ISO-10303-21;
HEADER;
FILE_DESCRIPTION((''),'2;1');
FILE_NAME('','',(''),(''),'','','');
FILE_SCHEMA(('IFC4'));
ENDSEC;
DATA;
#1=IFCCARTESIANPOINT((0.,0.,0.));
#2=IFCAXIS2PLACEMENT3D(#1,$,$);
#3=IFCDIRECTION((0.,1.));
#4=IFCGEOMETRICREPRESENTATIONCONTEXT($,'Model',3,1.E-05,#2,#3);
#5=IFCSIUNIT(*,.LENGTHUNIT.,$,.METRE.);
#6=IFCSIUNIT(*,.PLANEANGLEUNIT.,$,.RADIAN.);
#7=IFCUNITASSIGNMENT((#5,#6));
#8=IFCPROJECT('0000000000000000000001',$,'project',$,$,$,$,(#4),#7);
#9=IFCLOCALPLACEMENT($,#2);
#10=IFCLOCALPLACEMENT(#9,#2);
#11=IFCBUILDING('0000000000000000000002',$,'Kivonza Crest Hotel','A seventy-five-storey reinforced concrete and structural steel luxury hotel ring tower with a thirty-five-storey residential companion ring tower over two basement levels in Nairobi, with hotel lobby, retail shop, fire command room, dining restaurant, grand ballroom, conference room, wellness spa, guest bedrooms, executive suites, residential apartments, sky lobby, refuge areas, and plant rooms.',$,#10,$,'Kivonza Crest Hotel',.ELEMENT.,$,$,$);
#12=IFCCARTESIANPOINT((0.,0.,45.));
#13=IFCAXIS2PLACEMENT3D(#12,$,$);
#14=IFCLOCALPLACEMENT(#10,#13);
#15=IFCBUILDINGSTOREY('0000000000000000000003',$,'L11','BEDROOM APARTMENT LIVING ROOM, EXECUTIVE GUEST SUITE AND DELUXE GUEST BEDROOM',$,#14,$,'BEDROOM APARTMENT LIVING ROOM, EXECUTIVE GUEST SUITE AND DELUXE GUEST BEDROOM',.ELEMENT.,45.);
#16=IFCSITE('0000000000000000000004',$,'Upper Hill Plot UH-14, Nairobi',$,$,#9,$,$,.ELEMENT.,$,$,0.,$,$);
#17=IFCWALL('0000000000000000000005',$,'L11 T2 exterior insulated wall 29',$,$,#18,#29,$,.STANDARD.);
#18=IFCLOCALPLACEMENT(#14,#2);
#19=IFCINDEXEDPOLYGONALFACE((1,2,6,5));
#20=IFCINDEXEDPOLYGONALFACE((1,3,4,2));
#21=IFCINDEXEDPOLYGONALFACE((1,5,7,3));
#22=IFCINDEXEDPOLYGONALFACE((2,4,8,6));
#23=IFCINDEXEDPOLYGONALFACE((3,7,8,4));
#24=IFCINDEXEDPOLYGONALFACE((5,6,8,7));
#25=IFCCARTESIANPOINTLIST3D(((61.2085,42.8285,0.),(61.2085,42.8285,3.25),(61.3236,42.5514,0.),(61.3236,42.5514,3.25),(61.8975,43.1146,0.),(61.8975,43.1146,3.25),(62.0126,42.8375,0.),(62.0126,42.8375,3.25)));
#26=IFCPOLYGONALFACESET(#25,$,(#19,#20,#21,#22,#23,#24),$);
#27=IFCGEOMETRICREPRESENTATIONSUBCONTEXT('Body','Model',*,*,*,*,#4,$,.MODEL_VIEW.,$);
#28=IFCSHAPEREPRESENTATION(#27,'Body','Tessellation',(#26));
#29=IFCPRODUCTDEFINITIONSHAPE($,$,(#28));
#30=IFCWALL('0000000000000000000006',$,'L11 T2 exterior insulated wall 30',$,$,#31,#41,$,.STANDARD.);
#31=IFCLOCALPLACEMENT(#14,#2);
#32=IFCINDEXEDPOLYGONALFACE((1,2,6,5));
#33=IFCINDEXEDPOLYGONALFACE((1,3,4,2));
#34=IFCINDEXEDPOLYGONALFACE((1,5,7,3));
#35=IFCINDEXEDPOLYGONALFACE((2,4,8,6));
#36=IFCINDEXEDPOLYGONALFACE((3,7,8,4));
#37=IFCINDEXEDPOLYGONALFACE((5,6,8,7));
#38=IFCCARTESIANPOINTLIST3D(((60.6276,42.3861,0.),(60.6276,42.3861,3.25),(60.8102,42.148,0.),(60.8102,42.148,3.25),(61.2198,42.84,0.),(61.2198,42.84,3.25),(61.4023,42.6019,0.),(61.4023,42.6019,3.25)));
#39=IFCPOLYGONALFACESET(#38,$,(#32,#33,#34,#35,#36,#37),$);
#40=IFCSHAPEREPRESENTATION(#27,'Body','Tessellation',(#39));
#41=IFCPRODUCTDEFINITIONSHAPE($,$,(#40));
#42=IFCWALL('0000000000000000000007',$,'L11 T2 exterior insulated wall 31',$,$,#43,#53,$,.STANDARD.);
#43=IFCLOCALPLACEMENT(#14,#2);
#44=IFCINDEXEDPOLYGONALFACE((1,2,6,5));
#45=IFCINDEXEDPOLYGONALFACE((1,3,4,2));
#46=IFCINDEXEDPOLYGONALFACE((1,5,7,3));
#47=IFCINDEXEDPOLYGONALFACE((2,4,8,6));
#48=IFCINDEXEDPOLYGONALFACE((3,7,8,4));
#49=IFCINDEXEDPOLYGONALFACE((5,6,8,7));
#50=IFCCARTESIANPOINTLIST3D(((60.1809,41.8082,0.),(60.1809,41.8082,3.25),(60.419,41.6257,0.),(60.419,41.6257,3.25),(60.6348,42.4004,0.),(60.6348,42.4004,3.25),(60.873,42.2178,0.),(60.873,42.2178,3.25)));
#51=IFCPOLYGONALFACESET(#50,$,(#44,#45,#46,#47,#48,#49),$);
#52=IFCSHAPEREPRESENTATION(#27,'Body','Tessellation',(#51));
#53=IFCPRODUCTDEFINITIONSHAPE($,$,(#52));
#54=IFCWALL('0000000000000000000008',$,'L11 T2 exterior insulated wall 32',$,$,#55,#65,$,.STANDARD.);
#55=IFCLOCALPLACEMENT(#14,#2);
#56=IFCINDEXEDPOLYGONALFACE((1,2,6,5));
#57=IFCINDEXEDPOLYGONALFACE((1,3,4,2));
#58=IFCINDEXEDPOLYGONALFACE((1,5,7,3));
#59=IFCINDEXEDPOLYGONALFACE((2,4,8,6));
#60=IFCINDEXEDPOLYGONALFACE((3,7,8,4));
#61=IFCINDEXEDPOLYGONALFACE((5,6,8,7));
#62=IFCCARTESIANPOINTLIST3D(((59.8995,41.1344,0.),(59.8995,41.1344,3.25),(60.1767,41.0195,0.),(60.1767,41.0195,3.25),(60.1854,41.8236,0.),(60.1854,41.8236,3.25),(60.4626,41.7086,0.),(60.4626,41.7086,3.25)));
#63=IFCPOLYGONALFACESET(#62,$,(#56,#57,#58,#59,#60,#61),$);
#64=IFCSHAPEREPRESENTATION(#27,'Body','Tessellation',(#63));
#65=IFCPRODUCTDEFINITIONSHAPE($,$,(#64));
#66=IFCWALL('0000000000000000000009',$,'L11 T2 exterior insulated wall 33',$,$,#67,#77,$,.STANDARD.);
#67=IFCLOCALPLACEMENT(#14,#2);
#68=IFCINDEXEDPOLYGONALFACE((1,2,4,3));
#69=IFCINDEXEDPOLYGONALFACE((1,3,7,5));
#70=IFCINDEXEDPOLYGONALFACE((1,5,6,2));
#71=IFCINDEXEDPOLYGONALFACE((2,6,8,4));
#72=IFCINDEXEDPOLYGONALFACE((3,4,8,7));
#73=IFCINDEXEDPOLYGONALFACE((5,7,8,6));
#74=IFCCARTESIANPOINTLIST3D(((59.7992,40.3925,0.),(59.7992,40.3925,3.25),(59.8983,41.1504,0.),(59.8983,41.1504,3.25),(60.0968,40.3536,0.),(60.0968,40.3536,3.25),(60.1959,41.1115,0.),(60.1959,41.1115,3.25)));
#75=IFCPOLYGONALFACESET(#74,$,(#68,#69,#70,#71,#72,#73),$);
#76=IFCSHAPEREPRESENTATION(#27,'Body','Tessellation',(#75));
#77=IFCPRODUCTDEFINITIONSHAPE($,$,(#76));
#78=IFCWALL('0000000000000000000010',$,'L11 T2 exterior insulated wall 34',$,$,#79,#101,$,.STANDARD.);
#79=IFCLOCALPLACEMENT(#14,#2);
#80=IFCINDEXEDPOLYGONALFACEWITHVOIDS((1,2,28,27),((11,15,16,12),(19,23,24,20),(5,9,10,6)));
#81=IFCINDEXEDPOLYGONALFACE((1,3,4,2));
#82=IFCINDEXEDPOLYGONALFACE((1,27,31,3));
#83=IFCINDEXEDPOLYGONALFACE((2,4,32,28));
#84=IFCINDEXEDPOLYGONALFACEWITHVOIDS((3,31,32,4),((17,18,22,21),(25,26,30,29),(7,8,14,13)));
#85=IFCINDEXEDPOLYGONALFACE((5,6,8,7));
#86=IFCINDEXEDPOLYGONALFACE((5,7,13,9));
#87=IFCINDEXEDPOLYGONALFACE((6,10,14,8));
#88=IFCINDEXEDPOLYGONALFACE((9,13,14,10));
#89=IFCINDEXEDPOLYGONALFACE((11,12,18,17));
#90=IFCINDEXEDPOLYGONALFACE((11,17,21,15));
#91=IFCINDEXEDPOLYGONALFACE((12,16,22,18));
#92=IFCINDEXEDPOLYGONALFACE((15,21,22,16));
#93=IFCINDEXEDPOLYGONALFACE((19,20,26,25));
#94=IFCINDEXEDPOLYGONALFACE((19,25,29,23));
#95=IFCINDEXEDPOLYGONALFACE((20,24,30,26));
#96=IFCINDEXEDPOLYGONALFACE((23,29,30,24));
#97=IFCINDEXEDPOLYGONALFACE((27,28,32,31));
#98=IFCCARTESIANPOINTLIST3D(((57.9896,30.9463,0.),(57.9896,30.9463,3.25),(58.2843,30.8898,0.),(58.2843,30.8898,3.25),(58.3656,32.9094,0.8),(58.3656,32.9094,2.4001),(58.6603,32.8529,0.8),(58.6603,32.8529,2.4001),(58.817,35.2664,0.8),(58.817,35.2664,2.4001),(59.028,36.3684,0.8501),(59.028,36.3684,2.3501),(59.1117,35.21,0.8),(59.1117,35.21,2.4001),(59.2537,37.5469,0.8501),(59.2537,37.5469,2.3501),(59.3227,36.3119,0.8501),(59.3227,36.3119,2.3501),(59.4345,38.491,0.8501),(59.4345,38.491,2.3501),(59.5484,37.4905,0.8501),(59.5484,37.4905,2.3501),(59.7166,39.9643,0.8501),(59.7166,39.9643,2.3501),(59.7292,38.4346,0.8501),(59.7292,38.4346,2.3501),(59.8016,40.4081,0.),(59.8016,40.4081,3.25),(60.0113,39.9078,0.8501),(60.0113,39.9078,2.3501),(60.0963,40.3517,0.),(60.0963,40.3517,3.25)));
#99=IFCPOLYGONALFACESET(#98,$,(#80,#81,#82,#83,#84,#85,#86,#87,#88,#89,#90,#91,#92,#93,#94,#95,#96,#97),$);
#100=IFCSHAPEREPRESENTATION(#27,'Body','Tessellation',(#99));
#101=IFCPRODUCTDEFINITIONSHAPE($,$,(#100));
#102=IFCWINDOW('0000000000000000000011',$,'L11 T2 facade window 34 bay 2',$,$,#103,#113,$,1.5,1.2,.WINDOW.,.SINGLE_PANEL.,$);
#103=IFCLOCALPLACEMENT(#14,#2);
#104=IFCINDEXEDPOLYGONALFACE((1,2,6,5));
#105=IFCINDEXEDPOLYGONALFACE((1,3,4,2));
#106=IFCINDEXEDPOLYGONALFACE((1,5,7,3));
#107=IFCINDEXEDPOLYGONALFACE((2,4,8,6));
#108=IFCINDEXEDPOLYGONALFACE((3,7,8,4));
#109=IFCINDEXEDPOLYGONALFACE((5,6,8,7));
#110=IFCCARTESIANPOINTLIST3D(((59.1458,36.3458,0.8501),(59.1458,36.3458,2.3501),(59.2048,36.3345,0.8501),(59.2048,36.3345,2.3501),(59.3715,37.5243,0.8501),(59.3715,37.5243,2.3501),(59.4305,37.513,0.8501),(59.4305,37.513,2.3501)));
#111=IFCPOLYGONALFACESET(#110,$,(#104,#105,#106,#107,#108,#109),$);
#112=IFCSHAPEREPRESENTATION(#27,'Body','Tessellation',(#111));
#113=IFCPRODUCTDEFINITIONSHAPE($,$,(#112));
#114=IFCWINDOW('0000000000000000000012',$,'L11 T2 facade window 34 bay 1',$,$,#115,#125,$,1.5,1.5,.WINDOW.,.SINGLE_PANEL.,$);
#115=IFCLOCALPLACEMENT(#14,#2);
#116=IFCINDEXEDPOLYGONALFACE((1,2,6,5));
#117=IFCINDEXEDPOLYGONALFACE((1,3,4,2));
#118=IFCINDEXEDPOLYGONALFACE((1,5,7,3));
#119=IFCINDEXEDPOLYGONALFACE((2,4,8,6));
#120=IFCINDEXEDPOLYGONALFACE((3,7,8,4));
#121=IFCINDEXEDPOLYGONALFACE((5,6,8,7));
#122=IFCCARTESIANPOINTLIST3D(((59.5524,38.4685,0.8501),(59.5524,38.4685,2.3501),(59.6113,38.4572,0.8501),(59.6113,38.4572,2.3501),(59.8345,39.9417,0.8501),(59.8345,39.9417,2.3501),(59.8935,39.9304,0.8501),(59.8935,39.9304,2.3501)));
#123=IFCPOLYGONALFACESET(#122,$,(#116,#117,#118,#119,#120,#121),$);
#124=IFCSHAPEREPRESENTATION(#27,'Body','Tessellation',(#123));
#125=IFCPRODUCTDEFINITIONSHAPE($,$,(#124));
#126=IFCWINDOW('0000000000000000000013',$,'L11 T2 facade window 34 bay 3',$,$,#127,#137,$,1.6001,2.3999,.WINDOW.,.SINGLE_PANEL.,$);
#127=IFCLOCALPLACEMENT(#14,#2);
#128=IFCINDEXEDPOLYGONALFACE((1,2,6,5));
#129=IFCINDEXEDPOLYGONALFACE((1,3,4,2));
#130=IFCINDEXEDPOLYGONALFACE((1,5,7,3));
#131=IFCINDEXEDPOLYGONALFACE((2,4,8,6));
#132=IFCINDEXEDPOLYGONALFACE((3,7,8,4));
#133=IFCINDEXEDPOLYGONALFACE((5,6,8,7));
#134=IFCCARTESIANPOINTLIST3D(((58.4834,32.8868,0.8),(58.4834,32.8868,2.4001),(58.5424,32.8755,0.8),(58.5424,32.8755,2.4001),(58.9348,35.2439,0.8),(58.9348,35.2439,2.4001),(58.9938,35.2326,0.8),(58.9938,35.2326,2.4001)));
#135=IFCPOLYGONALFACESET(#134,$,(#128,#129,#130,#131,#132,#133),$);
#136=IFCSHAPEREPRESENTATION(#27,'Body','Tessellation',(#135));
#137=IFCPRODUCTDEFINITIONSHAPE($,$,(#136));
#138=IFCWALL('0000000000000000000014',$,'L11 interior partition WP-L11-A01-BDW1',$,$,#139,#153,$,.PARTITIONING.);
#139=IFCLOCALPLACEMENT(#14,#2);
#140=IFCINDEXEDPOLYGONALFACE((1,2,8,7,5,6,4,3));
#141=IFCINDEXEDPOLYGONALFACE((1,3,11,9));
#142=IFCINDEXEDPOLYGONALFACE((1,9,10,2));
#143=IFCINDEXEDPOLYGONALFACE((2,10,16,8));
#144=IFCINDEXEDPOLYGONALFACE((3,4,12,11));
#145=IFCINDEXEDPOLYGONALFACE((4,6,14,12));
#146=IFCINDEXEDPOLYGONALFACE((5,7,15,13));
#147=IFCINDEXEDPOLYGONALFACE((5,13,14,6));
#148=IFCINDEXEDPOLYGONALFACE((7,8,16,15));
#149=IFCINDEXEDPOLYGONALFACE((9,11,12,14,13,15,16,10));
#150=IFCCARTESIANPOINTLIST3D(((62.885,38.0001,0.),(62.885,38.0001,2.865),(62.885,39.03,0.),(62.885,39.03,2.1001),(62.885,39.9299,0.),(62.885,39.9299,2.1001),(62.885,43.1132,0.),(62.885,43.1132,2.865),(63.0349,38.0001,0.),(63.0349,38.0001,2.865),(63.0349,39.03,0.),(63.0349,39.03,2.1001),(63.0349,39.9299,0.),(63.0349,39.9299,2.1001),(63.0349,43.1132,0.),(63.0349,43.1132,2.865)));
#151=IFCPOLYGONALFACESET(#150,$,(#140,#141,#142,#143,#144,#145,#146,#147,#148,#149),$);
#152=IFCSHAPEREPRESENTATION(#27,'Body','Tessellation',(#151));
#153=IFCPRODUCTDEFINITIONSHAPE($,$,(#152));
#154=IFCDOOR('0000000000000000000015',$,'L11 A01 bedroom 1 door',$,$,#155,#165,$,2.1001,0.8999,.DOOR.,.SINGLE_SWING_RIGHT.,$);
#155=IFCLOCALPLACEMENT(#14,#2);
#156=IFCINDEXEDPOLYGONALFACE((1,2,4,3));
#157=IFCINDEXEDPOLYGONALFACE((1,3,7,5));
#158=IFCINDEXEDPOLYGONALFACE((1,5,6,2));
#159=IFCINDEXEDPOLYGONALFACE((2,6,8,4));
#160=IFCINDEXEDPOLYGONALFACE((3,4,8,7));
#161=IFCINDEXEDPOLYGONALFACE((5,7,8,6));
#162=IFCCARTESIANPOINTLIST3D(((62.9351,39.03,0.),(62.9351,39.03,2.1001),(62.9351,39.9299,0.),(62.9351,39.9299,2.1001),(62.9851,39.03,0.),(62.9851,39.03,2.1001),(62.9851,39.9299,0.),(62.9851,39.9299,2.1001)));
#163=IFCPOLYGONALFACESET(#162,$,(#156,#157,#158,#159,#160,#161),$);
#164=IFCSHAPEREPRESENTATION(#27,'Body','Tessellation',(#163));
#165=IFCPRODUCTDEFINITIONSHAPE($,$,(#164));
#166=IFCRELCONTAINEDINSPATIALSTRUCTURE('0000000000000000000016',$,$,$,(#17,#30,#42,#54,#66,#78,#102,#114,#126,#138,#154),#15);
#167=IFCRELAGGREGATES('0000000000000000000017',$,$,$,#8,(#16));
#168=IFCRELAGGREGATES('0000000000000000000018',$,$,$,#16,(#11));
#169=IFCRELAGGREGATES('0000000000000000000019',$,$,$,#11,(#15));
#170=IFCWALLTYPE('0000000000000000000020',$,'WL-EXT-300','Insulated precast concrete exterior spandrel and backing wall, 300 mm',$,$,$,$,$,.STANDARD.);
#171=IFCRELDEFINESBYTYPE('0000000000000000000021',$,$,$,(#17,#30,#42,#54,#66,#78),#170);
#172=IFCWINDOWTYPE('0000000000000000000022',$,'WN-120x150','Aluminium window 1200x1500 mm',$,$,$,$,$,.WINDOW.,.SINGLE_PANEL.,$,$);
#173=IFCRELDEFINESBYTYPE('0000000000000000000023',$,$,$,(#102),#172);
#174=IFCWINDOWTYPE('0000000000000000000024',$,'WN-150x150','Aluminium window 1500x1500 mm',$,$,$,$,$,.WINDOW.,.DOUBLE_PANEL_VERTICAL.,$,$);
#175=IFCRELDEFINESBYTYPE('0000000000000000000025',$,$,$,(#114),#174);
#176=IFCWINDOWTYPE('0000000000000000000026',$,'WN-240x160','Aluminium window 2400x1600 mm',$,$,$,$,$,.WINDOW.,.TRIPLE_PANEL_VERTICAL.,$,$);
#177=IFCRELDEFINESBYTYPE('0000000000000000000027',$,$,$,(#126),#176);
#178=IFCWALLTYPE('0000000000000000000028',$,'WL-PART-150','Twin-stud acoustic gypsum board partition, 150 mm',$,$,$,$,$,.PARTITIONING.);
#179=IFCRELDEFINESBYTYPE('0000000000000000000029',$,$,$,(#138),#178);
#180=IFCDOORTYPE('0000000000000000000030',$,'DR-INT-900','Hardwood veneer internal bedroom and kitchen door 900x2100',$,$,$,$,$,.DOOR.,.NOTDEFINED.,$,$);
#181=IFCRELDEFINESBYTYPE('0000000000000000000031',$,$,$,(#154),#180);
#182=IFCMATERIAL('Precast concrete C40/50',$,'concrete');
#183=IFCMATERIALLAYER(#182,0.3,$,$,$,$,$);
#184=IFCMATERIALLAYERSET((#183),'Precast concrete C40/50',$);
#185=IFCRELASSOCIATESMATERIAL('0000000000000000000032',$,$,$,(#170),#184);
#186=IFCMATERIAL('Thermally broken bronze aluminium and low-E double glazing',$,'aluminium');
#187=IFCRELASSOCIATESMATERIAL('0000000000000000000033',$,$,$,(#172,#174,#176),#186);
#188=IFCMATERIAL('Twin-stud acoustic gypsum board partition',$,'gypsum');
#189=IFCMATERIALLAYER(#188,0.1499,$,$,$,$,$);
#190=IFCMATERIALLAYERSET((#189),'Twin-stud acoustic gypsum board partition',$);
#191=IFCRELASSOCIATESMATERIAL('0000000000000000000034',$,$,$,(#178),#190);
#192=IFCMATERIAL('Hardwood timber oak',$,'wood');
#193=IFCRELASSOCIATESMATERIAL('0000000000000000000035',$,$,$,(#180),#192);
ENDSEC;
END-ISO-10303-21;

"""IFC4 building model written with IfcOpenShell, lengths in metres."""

from ifc_helpers import new_model, si_unit, direction, frame, frame_2d, origin, place, context, subcontext, project, spatial, rectangle, extrude, material, layer, layer_set, type_object, element, fill, save


model = new_model("IFC4")

# Units and contexts
model_context = context("Model", 3, precision=1e-05, world=origin(), true_north=direction((0.0, 1.0)))
body_context = subcontext(model_context, "Body", "Model", "MODEL_VIEW")
ifc_project = project(units=[si_unit("LENGTHUNIT", "METRE"), si_unit("PLANEANGLEUNIT", "RADIAN")], contexts=[model_context])

# Site, building, storey
site_placement = place(None, origin())
site = spatial("IfcSite", under=ifc_project, at=site_placement, Name="Upper Hill Plot UH-14, Nairobi", CompositionType="ELEMENT", RefElevation=0.0)
building_placement = place(site_placement, origin())
building = spatial("IfcBuilding", under=site, at=building_placement, Name="Kivonza Crest Hotel", Description="A seventy-five-storey reinforced concrete and structural steel luxury hotel ring tower with a thirty-five-storey residential companion ring tower over two basement levels in Nairobi, with hotel lobby, retail shop, fire command room, dining restaurant, grand ballroom, conference room, wellness spa, guest bedrooms, executive suites, residential apartments, sky lobby, refuge areas, and plant rooms.", LongName="Kivonza Crest Hotel", CompositionType="ELEMENT")
storey_placement = place(building_placement, frame((0.0, 0.0, 45.0)))
storey = spatial("IfcBuildingStorey", under=building, at=storey_placement, Name="L11", Description="BEDROOM APARTMENT LIVING ROOM, EXECUTIVE GUEST SUITE AND DELUXE GUEST BEDROOM", LongName="BEDROOM APARTMENT LIVING ROOM, EXECUTIVE GUEST SUITE AND DELUXE GUEST BEDROOM", CompositionType="ELEMENT", Elevation=45.0)

# Walls
ifc_material_1 = material(Name="Precast concrete C40/50", Category="concrete")
ifc_layer_1 = layer(ifc_material_1, 0.3)
ifc_layer_set_1 = layer_set([ifc_layer_1], Name="Precast concrete C40/50")
wall_type_1 = type_object("IfcWallType", Name="WL-EXT-300", Description="Insulated precast concrete exterior spandrel and backing wall, 300 mm", PredefinedType="STANDARD", material=ifc_layer_set_1)
for number, where, z_axis, x_axis, name in (
    (1, (61.9551, 42.9761, 0.0), (0.0, 0.0, 1.0), (-0.923522, -0.383546, 0.0), "L11 T2 exterior insulated wall 29"),
    (2, (61.311, 42.7209, 0.0), (0.0, 0.0, 1.0), (-0.793633, -0.608397, 0.0), "L11 T2 exterior insulated wall 30"),
    (3, (60.7539, 42.3091, 0.0), (0.0, 0.0, 1.0), (-0.608397, -0.793633, 0.0), "L11 T2 exterior insulated wall 31"),
    (4, (60.324, 41.7661, 0.0), (0.0, 0.0, 1.0), (-0.383151, -0.923686, 0.0), "L11 T2 exterior insulated wall 32"),
):
    element("IfcWall", number, at=place(storey_placement, frame(where, z_axis=z_axis, x_axis=x_axis)), inside=storey, type_object=wall_type_1, Name=name, PredefinedType="STANDARD", context=body_context, shape_type="SweptSolid", body=[
        extrude(rectangle(XDim=0.7461, YDim=0.3, at=frame_2d((0.373, 0.0))), origin(), (0.0, 0.0, 1.0), 3.25),
    ])
wall_1_placement = place(storey_placement, frame((60.0471, 41.1311, 0.0), z_axis=(0.0, 0.0, 1.0), x_axis=(-0.129653, -0.991559, 0.0)))
element("IfcWall", 5, at=wall_1_placement, inside=storey, type_object=wall_type_1, Name="L11 T2 exterior insulated wall 33", PredefinedType="STANDARD", context=body_context, shape_type="SweptSolid", body=[
    extrude(rectangle(XDim=0.7644, YDim=0.3, at=frame_2d((0.3823, 0.0))), origin(), (0.0, 0.0, 1.0), 3.25),
])

# Wall, openings, windows
wall_2_placement = place(storey_placement, frame((59.949, 40.3799, 0.0), z_axis=(0.0, 0.0, 1.0), x_axis=(-0.188088, -0.982152, 0.0)))
wall_2 = element("IfcWall", 6, at=wall_2_placement, inside=storey, type_object=wall_type_1, Name="L11 T2 exterior insulated wall 34", PredefinedType="STANDARD", context=body_context, shape_type="SweptSolid", body=[
    extrude(rectangle(XDim=9.6338, YDim=0.3, at=frame_2d((4.8169, 0.0))), origin(), (0.0, 0.0, 1.0), 3.25),
])
opening_1_placement = place(wall_2_placement, frame((0.4519, 0.0, 0.8501)))
opening_1 = element("IfcOpeningElement", 7, at=opening_1_placement, cuts=wall_2, PredefinedType="OPENING", context=body_context, shape_type="SweptSolid", body=[
    extrude(rectangle(XDim=1.5, YDim=1.5, at=frame_2d((0.75, 0.75))), frame((0.0, 0.1602, 0.0), z_axis=(0.0, -1.0, 0.0), x_axis=(1.0, 0.0, 0.0)), (0.0, 0.0, 1.0), 0.3201),
])
opening_2_placement = place(wall_2_placement, frame((2.9131, 0.0, 0.8501)))
opening_2 = element("IfcOpeningElement", 8, at=opening_2_placement, cuts=wall_2, PredefinedType="OPENING", context=body_context, shape_type="SweptSolid", body=[
    extrude(rectangle(XDim=1.2, YDim=1.5, at=frame_2d((0.6001, 0.75))), frame((0.0, 0.1602, 0.0), z_axis=(0.0, -1.0, 0.0), x_axis=(1.0, 0.0, 0.0)), (0.0, 0.0, 1.0), 0.3201),
])
opening_3_placement = place(wall_2_placement, frame((5.2351, 0.0, 0.8)))
opening_3 = element("IfcOpeningElement", 9, at=opening_3_placement, cuts=wall_2, PredefinedType="OPENING", context=body_context, shape_type="SweptSolid", body=[
    extrude(rectangle(XDim=2.3999, YDim=1.6001, at=frame_2d((1.2, 0.8))), frame((0.0, 0.1602, 0.0), z_axis=(0.0, -1.0, 0.0), x_axis=(1.0, 0.0, 0.0)), (0.0, 0.0, 1.0), 0.3201),
])
ifc_material_2 = material(Name="Thermally broken bronze aluminium and low-E double glazing", Category="aluminium")
window_type_1 = type_object("IfcWindowType", Name="WN-120x150", Description="Aluminium window 1200x1500 mm", PartitioningType="SINGLE_PANEL", PredefinedType="WINDOW", material=ifc_material_2)
window_1_placement = place(opening_2_placement, origin())
window_1 = element("IfcWindow", 10, at=window_1_placement, inside=storey, type_object=window_type_1, Name="L11 T2 facade window 34 bay 2", OverallHeight=1.5, OverallWidth=1.2, PartitioningType="SINGLE_PANEL", PredefinedType="WINDOW", context=body_context, shape_type="SweptSolid", body=[
    extrude(rectangle(XDim=1.2, YDim=1.5, at=frame_2d((0.6001, 0.75))), frame((0.0, 0.03, 0.0), z_axis=(0.0, -1.0, 0.0), x_axis=(1.0, 0.0, 0.0)), (0.0, 0.0, 1.0), 0.0601),
])
fill(opening_2, window_1)
window_type_2 = type_object("IfcWindowType", Name="WN-150x150", Description="Aluminium window 1500x1500 mm", PartitioningType="DOUBLE_PANEL_VERTICAL", PredefinedType="WINDOW", material=ifc_material_2)
window_2_placement = place(opening_1_placement, origin())
window_2 = element("IfcWindow", 11, at=window_2_placement, inside=storey, type_object=window_type_2, Name="L11 T2 facade window 34 bay 1", OverallHeight=1.5, OverallWidth=1.5, PartitioningType="SINGLE_PANEL", PredefinedType="WINDOW", context=body_context, shape_type="SweptSolid", body=[
    extrude(rectangle(XDim=1.5, YDim=1.5, at=frame_2d((0.75, 0.75))), frame((0.0, 0.03, 0.0), z_axis=(0.0, -1.0, 0.0), x_axis=(1.0, 0.0, 0.0)), (0.0, 0.0, 1.0), 0.0601),
])
fill(opening_1, window_2)
window_type_3 = type_object("IfcWindowType", Name="WN-240x160", Description="Aluminium window 2400x1600 mm", PartitioningType="TRIPLE_PANEL_VERTICAL", PredefinedType="WINDOW", material=ifc_material_2)
window_3_placement = place(opening_3_placement, origin())
window_3 = element("IfcWindow", 12, at=window_3_placement, inside=storey, type_object=window_type_3, Name="L11 T2 facade window 34 bay 3", OverallHeight=1.6001, OverallWidth=2.3999, PartitioningType="SINGLE_PANEL", PredefinedType="WINDOW", context=body_context, shape_type="SweptSolid", body=[
    extrude(rectangle(XDim=2.3999, YDim=1.6001, at=frame_2d((1.2, 0.8))), frame((0.0, 0.03, 0.0), z_axis=(0.0, -1.0, 0.0), x_axis=(1.0, 0.0, 0.0)), (0.0, 0.0, 1.0), 0.0601),
])
fill(opening_3, window_3)

# Wall, opening, door
ifc_material_3 = material(Name="Twin-stud acoustic gypsum board partition", Category="gypsum")
ifc_layer_2 = layer(ifc_material_3, 0.1499)
ifc_layer_set_2 = layer_set([ifc_layer_2], Name="Twin-stud acoustic gypsum board partition")
wall_type_2 = type_object("IfcWallType", Name="WL-PART-150", Description="Twin-stud acoustic gypsum board partition, 150 mm", PredefinedType="PARTITIONING", material=ifc_layer_set_2)
wall_3_placement = place(storey_placement, frame((62.96, 38.0, 0.0), z_axis=(0.0, 0.0, 1.0), x_axis=(0.0, 1.0, 0.0)))
wall_3 = element("IfcWall", 13, at=wall_3_placement, inside=storey, type_object=wall_type_2, Name="L11 interior partition WP-L11-A01-BDW1", PredefinedType="PARTITIONING", context=body_context, shape_type="SweptSolid", body=[
    extrude(rectangle(XDim=5.113, YDim=0.1499, at=frame_2d((2.5566, 0.0))), origin(), (0.0, 0.0, 1.0), 2.865),
])
opening_4_placement = place(wall_3_placement, frame((1.03, 0.0, 0.0)))
opening_4 = element("IfcOpeningElement", 14, at=opening_4_placement, cuts=wall_3, PredefinedType="OPENING", context=body_context, shape_type="SweptSolid", body=[
    extrude(rectangle(XDim=0.8999, YDim=2.1001, at=frame_2d((0.45, 1.05))), frame((0.0, 0.085, 0.0), z_axis=(0.0, -1.0, 0.0), x_axis=(1.0, 0.0, 0.0)), (0.0, 0.0, 1.0), 0.1699),
])
ifc_material_4 = material(Name="Hardwood timber oak", Category="wood")
door_type_1 = type_object("IfcDoorType", Name="DR-INT-900", Description="Hardwood veneer internal bedroom and kitchen door 900x2100", OperationType="NOTDEFINED", PredefinedType="DOOR", material=ifc_material_4)
door_1_placement = place(opening_4_placement, origin())
door_1 = element("IfcDoor", 15, at=door_1_placement, inside=storey, type_object=door_type_1, Name="L11 A01 bedroom 1 door", OperationType="SINGLE_SWING_RIGHT", OverallHeight=2.1001, OverallWidth=0.8999, PredefinedType="DOOR", context=body_context, shape_type="SweptSolid", body=[
    extrude(rectangle(XDim=0.8999, YDim=2.1001, at=frame_2d((0.45, 1.05))), frame((0.0, 0.0249, 0.0), z_axis=(0.0, -1.0, 0.0), x_axis=(1.0, 0.0, 0.0)), (0.0, 0.0, 1.0), 0.05),
])
fill(opening_4, door_1)

save(model, "model.ifc")
